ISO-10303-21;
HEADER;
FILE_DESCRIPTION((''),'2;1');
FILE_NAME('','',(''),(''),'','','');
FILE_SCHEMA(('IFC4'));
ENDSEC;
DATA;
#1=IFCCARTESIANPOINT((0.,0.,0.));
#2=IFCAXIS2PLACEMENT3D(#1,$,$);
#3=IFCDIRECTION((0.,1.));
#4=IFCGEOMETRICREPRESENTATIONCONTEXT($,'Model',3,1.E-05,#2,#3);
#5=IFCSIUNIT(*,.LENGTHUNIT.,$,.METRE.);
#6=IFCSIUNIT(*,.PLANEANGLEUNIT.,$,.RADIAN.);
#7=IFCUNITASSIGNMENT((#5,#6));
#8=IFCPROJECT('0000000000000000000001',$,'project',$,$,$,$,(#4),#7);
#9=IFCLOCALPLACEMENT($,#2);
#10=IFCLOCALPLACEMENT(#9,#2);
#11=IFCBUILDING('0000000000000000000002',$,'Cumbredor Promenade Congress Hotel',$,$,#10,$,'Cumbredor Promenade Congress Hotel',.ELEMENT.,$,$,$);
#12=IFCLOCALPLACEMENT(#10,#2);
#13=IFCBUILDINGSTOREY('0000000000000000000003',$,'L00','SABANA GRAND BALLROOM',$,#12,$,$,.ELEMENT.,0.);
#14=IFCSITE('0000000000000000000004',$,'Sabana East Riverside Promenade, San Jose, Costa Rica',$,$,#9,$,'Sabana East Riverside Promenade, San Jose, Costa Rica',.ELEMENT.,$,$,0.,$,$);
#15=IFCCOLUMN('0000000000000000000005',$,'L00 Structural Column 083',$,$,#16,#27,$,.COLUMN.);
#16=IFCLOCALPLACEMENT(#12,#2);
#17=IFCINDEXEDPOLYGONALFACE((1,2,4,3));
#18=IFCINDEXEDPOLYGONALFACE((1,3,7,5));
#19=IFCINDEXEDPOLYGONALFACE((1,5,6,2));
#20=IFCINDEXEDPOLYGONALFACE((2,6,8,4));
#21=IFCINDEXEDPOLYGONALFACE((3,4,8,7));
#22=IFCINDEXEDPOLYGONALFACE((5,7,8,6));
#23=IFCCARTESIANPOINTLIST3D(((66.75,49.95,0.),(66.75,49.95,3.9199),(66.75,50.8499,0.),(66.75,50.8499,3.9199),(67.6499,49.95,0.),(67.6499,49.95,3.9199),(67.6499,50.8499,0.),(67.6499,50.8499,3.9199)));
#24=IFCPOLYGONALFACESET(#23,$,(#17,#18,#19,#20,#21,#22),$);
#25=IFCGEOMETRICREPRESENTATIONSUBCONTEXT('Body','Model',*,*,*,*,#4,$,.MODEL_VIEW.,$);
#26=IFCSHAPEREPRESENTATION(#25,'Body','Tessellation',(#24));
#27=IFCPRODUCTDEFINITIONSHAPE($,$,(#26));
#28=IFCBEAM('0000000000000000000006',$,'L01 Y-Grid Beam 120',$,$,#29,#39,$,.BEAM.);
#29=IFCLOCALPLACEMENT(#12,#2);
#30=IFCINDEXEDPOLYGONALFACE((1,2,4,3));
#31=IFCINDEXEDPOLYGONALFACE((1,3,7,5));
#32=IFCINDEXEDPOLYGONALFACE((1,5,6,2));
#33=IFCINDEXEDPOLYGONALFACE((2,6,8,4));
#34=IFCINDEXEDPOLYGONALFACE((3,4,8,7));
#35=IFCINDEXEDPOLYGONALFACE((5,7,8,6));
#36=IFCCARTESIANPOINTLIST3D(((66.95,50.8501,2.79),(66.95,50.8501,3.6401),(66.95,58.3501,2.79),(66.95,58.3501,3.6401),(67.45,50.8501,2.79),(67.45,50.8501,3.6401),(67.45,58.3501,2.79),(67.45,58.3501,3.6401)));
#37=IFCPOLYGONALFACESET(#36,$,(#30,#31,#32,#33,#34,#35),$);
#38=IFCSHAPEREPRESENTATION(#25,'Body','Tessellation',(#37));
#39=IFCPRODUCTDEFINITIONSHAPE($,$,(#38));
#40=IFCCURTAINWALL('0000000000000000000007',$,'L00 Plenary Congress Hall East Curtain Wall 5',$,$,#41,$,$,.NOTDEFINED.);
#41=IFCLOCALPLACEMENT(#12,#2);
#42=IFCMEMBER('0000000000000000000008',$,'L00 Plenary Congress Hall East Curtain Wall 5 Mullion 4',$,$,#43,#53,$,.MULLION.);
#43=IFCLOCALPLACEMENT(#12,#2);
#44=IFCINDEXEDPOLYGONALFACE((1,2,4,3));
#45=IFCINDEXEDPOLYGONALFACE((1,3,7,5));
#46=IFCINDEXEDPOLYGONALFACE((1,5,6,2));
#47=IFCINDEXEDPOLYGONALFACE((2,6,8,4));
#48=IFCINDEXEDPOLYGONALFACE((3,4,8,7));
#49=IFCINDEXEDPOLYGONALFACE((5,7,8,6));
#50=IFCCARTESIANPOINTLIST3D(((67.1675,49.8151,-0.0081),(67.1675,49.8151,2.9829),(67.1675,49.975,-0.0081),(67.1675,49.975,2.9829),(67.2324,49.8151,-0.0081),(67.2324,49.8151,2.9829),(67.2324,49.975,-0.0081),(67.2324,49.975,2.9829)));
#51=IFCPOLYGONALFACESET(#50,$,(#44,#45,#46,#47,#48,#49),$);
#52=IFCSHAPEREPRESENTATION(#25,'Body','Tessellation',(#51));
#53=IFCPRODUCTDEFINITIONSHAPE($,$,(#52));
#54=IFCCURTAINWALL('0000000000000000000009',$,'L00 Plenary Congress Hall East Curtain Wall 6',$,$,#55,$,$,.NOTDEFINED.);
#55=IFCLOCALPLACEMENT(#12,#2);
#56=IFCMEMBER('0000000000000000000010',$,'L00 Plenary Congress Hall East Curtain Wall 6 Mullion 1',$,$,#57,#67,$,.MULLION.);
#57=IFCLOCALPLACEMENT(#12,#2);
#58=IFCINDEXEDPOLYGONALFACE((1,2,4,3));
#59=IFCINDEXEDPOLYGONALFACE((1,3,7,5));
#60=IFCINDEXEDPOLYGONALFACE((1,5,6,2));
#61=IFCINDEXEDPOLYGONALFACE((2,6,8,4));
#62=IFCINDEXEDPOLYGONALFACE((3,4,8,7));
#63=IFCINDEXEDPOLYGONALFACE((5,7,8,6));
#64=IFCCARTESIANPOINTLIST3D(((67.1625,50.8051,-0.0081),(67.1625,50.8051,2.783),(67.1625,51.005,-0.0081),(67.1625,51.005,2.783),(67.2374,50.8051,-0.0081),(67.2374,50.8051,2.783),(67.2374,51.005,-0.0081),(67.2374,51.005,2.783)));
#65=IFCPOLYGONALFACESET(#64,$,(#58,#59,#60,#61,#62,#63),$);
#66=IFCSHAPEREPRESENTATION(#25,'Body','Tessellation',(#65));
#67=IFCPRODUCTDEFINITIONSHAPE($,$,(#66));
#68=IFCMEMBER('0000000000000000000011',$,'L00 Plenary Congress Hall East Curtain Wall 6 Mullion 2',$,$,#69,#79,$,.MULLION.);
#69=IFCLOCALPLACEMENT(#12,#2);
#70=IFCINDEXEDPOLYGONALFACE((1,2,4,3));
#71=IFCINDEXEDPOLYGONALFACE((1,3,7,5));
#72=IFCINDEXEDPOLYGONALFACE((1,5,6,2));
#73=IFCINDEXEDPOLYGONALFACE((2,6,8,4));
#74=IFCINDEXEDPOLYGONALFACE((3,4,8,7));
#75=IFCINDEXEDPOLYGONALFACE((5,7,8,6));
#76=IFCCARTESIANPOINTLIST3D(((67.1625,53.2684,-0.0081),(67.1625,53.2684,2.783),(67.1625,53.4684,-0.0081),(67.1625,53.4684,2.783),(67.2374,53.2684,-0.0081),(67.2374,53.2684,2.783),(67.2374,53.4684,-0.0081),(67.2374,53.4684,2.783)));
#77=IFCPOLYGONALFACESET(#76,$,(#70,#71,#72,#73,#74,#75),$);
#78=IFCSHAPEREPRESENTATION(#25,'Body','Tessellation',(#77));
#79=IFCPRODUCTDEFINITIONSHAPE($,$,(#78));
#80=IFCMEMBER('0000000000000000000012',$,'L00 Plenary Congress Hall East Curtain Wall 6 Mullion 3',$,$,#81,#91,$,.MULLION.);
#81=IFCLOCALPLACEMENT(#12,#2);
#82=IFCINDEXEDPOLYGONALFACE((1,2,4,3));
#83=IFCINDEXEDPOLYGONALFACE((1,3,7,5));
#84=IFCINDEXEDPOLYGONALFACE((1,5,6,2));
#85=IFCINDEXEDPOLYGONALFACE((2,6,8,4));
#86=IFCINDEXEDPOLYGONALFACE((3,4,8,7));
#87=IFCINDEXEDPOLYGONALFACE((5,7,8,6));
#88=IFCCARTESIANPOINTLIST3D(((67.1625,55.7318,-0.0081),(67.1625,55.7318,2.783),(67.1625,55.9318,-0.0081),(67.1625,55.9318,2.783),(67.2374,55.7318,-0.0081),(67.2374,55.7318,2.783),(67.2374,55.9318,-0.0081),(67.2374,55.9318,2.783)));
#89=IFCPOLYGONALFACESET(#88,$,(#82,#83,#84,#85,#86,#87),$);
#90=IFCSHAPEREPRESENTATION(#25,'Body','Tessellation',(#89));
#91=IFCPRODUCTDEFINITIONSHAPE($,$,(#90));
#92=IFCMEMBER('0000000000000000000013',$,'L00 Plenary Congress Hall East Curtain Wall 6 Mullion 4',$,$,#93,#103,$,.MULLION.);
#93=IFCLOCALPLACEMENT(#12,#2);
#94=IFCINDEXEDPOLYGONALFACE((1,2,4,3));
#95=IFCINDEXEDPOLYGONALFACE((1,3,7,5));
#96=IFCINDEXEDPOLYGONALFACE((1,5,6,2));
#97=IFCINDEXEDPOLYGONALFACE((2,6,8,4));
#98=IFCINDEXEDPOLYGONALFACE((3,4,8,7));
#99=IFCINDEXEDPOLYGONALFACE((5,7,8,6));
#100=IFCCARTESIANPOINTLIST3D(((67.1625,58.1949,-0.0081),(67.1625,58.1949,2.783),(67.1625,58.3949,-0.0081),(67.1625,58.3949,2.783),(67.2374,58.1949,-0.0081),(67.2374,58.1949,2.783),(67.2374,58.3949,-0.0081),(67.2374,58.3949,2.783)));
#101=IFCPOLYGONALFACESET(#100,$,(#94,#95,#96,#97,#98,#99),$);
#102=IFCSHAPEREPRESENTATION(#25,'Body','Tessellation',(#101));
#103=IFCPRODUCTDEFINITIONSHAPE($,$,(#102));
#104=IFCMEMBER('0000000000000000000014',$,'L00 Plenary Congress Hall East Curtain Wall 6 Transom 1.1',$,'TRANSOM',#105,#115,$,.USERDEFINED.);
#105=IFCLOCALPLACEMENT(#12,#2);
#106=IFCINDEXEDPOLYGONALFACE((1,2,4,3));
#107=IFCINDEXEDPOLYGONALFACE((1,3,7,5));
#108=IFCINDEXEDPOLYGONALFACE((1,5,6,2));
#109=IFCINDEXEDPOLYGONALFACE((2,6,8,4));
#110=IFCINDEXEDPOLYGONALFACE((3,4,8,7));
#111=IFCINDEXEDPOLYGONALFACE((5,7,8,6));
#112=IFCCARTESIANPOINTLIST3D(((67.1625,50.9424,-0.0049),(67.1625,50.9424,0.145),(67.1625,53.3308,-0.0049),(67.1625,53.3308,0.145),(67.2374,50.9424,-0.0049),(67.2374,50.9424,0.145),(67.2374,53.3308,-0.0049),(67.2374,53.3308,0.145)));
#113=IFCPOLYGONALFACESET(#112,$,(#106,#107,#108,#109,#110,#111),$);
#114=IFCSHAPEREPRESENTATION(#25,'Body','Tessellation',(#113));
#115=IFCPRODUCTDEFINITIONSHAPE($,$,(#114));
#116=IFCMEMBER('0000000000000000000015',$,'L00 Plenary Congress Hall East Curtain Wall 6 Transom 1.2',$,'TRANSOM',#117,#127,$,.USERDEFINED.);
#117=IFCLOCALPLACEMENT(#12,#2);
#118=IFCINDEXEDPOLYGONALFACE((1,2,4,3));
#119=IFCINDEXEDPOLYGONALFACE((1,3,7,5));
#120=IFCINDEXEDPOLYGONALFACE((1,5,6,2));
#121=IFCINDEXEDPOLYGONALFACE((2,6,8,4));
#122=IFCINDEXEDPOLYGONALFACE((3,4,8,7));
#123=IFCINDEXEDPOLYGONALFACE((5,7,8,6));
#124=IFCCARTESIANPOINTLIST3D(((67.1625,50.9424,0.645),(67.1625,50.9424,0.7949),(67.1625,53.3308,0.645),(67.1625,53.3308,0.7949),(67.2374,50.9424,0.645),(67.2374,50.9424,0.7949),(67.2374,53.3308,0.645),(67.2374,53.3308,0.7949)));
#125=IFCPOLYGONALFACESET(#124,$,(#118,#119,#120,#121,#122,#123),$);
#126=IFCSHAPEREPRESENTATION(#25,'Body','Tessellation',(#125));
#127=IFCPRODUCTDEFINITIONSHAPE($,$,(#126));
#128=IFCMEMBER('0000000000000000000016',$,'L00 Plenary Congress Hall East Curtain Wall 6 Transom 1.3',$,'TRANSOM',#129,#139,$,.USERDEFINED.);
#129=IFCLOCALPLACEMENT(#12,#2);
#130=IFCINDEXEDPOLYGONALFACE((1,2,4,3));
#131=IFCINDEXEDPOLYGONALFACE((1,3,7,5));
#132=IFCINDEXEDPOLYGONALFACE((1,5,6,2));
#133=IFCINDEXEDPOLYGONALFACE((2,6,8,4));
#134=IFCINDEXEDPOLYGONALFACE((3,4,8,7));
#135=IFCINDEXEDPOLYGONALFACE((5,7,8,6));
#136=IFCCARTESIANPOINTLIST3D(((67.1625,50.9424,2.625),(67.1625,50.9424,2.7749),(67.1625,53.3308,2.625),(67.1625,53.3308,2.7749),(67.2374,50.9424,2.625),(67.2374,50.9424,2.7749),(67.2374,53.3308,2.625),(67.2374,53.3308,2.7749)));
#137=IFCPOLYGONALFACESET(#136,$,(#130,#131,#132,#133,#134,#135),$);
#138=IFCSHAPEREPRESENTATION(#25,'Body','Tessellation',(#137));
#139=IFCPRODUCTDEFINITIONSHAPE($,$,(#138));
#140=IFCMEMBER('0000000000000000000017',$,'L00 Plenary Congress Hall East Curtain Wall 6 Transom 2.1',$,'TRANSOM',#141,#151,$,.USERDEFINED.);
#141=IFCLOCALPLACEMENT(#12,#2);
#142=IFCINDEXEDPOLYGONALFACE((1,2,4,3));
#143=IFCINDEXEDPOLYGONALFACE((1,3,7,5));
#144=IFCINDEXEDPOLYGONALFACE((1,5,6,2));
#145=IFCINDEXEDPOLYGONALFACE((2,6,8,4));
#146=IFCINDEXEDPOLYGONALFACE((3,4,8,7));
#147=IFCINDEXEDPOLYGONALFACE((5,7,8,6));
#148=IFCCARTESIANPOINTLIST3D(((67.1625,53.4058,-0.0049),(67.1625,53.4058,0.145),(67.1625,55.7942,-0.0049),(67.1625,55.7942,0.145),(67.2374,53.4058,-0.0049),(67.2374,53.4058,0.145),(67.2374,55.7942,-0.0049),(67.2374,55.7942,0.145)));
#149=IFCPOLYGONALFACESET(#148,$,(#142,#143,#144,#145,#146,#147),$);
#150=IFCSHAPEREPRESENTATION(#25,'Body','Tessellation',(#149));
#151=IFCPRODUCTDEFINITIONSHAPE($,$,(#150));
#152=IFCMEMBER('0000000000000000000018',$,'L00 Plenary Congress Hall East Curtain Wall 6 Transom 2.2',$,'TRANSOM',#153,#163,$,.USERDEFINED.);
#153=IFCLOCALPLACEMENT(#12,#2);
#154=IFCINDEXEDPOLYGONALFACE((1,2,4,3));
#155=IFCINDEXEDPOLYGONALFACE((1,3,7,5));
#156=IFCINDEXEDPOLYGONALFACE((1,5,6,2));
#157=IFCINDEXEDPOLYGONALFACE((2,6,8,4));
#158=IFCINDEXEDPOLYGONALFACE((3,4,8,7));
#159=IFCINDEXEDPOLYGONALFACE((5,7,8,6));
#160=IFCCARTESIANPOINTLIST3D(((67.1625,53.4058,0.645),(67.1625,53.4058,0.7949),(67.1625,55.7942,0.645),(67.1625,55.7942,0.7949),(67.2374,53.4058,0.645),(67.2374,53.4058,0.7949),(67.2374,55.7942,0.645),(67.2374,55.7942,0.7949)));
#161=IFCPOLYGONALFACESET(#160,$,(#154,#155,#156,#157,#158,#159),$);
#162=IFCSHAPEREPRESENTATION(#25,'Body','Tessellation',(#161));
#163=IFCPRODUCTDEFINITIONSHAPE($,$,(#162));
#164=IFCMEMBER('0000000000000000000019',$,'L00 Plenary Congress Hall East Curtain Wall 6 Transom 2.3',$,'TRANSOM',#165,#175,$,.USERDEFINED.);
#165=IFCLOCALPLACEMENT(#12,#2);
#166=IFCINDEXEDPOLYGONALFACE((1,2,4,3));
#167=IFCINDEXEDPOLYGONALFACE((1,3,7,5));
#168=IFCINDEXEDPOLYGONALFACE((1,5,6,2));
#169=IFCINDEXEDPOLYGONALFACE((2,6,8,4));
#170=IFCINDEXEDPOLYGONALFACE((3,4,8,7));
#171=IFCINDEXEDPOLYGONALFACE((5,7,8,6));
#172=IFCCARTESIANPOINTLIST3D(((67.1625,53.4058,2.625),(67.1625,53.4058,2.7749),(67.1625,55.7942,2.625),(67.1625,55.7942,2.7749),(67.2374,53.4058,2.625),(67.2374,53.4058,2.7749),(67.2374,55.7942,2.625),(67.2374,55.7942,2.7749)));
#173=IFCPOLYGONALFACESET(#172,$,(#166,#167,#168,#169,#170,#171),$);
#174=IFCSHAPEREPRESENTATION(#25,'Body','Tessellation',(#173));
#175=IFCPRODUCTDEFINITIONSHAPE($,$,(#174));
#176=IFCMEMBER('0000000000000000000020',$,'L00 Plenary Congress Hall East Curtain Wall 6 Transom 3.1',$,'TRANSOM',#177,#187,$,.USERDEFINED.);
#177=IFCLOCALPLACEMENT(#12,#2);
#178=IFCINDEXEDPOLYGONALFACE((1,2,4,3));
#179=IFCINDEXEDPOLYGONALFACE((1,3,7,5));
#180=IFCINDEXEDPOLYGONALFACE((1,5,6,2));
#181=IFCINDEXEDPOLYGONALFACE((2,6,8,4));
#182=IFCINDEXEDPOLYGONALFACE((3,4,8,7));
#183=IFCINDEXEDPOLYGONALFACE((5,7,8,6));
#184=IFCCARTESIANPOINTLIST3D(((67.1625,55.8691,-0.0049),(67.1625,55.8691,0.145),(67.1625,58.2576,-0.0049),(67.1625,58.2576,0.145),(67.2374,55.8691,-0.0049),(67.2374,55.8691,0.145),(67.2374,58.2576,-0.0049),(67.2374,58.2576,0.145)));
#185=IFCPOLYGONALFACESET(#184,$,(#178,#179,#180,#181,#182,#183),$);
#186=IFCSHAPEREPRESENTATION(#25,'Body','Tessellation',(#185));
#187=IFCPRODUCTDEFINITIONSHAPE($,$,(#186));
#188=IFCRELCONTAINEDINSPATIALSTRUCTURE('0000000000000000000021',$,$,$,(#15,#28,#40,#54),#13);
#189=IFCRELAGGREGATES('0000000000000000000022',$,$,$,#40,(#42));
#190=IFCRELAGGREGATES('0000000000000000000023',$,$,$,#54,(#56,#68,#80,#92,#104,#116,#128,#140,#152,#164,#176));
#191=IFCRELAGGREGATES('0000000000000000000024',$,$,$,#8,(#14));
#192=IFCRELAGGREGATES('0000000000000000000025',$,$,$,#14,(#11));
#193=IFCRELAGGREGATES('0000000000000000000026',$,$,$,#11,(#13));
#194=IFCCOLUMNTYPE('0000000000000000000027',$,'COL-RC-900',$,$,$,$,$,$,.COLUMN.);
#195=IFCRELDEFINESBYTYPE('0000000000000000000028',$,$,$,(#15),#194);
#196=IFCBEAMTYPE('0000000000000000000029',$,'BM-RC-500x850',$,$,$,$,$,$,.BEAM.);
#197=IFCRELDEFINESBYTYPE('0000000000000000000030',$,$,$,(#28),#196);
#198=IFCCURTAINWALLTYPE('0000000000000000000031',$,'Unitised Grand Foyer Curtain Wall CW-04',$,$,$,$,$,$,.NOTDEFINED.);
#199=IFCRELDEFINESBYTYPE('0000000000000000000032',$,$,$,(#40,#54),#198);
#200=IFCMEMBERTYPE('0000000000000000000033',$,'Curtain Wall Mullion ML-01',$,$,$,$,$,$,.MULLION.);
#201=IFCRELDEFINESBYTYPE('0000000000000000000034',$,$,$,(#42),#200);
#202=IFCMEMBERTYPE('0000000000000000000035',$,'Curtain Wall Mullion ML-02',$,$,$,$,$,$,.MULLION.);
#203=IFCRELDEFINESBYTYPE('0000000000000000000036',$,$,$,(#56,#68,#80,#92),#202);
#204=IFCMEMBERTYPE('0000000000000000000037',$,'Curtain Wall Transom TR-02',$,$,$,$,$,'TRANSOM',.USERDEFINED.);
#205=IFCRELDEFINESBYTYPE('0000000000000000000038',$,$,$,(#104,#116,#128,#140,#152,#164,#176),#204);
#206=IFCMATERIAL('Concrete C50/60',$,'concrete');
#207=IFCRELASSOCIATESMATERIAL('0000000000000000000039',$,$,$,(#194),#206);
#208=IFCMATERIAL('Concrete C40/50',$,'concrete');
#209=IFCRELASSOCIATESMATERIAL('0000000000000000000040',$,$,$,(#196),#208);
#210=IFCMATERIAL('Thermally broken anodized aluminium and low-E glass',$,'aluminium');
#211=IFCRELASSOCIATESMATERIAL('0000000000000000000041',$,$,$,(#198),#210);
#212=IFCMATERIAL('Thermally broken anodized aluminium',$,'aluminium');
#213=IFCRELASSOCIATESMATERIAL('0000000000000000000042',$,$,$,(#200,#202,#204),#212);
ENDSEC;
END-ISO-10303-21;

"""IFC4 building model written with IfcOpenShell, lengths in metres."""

from ifc_helpers import new_model, si_unit, direction, frame, origin, origin_2d, place, context, subcontext, project, spatial, rectangle, extrude, material, material_profile, profile_set, type_object, element, aggregate, save


model = new_model("IFC4")

# Units and contexts
model_context = context("Model", 3, precision=1e-05, world=origin(), true_north=direction((0.0, 1.0)))
body_context = subcontext(model_context, "Body", "Model", "MODEL_VIEW")
ifc_project = project(units=[si_unit("LENGTHUNIT", "METRE"), si_unit("PLANEANGLEUNIT", "RADIAN")], contexts=[model_context])

# Site, building, storey
site_placement = place(None, origin())
site = spatial("IfcSite", under=ifc_project, at=site_placement, Name="Sabana East Riverside Promenade, San Jose, Costa Rica", LongName="Sabana East Riverside Promenade, San Jose, Costa Rica", CompositionType="ELEMENT", RefElevation=0.0)
building_placement = place(site_placement, origin())
building = spatial("IfcBuilding", under=site, at=building_placement, Name="Cumbredor Promenade Congress Hotel", LongName="Cumbredor Promenade Congress Hotel", CompositionType="ELEMENT")
storey_placement = place(building_placement, origin())
storey = spatial("IfcBuildingStorey", under=building, at=storey_placement, Name="L00", Description="SABANA GRAND BALLROOM", CompositionType="ELEMENT", Elevation=0.0)

# Column
ifc_material_1 = material(Name="Concrete C50/60", Category="concrete")
ifc_material_profile_1 = material_profile(ifc_material_1, rectangle(XDim=0.8999, YDim=0.8999, at=origin_2d()), Name="RC 900x900")
ifc_profile_set_1 = profile_set([ifc_material_profile_1], Name="Concrete C50/60")
column_type = type_object("IfcColumnType", Name="COL-RC-900", PredefinedType="COLUMN", material=ifc_profile_set_1)
column_placement = place(storey_placement, frame((67.2, 50.3999, 0.0), z_axis=(0.0, 0.0, 1.0), x_axis=(1.0, 0.0, 0.0)))
element("IfcColumn", 1, at=column_placement, inside=storey, type_object=column_type, Name="L00 Structural Column 083", PredefinedType="COLUMN", context=body_context, shape_type="SweptSolid", body=[
    extrude(rectangle(XDim=0.8999, YDim=0.8999, at=origin_2d()), origin(), (0.0, 0.0, 1.0), 3.9199),
])

# Beam
ifc_material_2 = material(Name="Concrete C40/50", Category="concrete")
ifc_material_profile_2 = material_profile(ifc_material_2, rectangle(XDim=0.5, YDim=0.8501, at=origin_2d()), Name="RC BEAM 500x850")
ifc_profile_set_2 = profile_set([ifc_material_profile_2], Name="Concrete C40/50")
beam_type_1 = type_object("IfcBeamType", Name="BM-RC-500x850", PredefinedType="BEAM", material=ifc_profile_set_2)
beam_1_placement = place(storey_placement, frame((67.2, 50.8501, 3.2151), z_axis=(0.0, 1.0, 0.0), x_axis=(-1.0, 0.0, 0.0)))
element("IfcBeam", 2, at=beam_1_placement, inside=storey, type_object=beam_type_1, Name="L01 Y-Grid Beam 120", PredefinedType="BEAM", context=body_context, shape_type="SweptSolid", body=[
    extrude(rectangle(XDim=0.5, YDim=0.8501, at=origin_2d()), origin(), (0.0, 0.0, 1.0), 7.5),
])

# Curtain wall, member
ifc_material_3 = material(Name="Thermally broken anodized aluminium and low-E glass", Category="aluminium")
curtain_wall_type = type_object("IfcCurtainWallType", Name="Unitised Grand Foyer Curtain Wall CW-04", PredefinedType="NOTDEFINED", material=ifc_material_3)
curtain_wall_1_placement = place(storey_placement, origin())
curtain_wall_1 = element("IfcCurtainWall", 3, at=curtain_wall_1_placement, inside=storey, type_object=curtain_wall_type, Name="L00 Plenary Congress Hall East Curtain Wall 5", PredefinedType="NOTDEFINED")
ifc_material_4 = material(Name="Thermally broken anodized aluminium", Category="aluminium")
ifc_material_profile_3 = material_profile(ifc_material_4, rectangle(XDim=0.0649, YDim=0.1599, at=origin_2d()), Name="ALU MULLION 65x160")
ifc_profile_set_3 = profile_set([ifc_material_profile_3], Name="Thermally broken anodized aluminium")
member_type_1 = type_object("IfcMemberType", Name="Curtain Wall Mullion ML-01", PredefinedType="MULLION", material=ifc_profile_set_3)
member_1_placement = place(storey_placement, frame((67.2, 49.895, -0.0081), z_axis=(0.0, 0.0, 1.0), x_axis=(1.0, 0.0, 0.0)))
member_1 = element("IfcMember", 4, at=member_1_placement, type_object=member_type_1, Name="L00 Plenary Congress Hall East Curtain Wall 5 Mullion 4", PredefinedType="MULLION", context=body_context, shape_type="SweptSolid", body=[
    extrude(rectangle(XDim=0.0649, YDim=0.1599, at=origin_2d()), origin(), (0.0, 0.0, 1.0), 2.991),
])
aggregate(curtain_wall_1, [member_1])

# Curtain wall, members
curtain_wall_2_placement = place(storey_placement, origin())
curtain_wall_2 = element("IfcCurtainWall", 5, at=curtain_wall_2_placement, inside=storey, type_object=curtain_wall_type, Name="L00 Plenary Congress Hall East Curtain Wall 6", PredefinedType="NOTDEFINED")
ifc_material_profile_4 = material_profile(ifc_material_4, rectangle(XDim=0.075, YDim=0.2, at=origin_2d()), Name="ALU MULLION 75x200")
ifc_profile_set_4 = profile_set([ifc_material_profile_4], Name="Thermally broken anodized aluminium")
member_type_2 = type_object("IfcMemberType", Name="Curtain Wall Mullion ML-02", PredefinedType="MULLION", material=ifc_profile_set_4)
member_2_placement = place(storey_placement, frame((67.2, 50.905, -0.0081), z_axis=(0.0, 0.0, 1.0), x_axis=(1.0, 0.0, 0.0)))
member_2 = element("IfcMember", 6, at=member_2_placement, type_object=member_type_2, Name="L00 Plenary Congress Hall East Curtain Wall 6 Mullion 1", PredefinedType="MULLION", context=body_context, shape_type="SweptSolid", body=[
    extrude(rectangle(XDim=0.075, YDim=0.2, at=origin_2d()), origin(), (0.0, 0.0, 1.0), 2.791),
])
member_3_placement = place(storey_placement, frame((67.2, 53.3684, -0.0081), z_axis=(0.0, 0.0, 1.0), x_axis=(1.0, 0.0, 0.0)))
member_3 = element("IfcMember", 7, at=member_3_placement, type_object=member_type_2, Name="L00 Plenary Congress Hall East Curtain Wall 6 Mullion 2", PredefinedType="MULLION", context=body_context, shape_type="SweptSolid", body=[
    extrude(rectangle(XDim=0.075, YDim=0.2, at=origin_2d()), origin(), (0.0, 0.0, 1.0), 2.791),
])
member_4_placement = place(storey_placement, frame((67.2, 55.8318, -0.0081), z_axis=(0.0, 0.0, 1.0), x_axis=(1.0, 0.0, 0.0)))
member_4 = element("IfcMember", 8, at=member_4_placement, type_object=member_type_2, Name="L00 Plenary Congress Hall East Curtain Wall 6 Mullion 3", PredefinedType="MULLION", context=body_context, shape_type="SweptSolid", body=[
    extrude(rectangle(XDim=0.075, YDim=0.2, at=origin_2d()), origin(), (0.0, 0.0, 1.0), 2.791),
])
member_5_placement = place(storey_placement, frame((67.2, 58.2949, -0.0081), z_axis=(0.0, 0.0, 1.0), x_axis=(1.0, 0.0, 0.0)))
member_5 = element("IfcMember", 9, at=member_5_placement, type_object=member_type_2, Name="L00 Plenary Congress Hall East Curtain Wall 6 Mullion 4", PredefinedType="MULLION", context=body_context, shape_type="SweptSolid", body=[
    extrude(rectangle(XDim=0.075, YDim=0.2, at=origin_2d()), origin(), (0.0, 0.0, 1.0), 2.791),
])
ifc_material_profile_5 = material_profile(ifc_material_4, rectangle(XDim=0.075, YDim=0.1499, at=origin_2d()), Name="ALU TRANSOM 75x150")
ifc_profile_set_5 = profile_set([ifc_material_profile_5], Name="Thermally broken anodized aluminium")
member_type_3 = type_object("IfcMemberType", Name="Curtain Wall Transom TR-02", ElementType="TRANSOM", PredefinedType="USERDEFINED", material=ifc_profile_set_5)
member_6_placement = place(storey_placement, frame((67.2, 50.9424, 0.0701), z_axis=(0.0, 1.0, 0.0), x_axis=(-1.0, 0.0, 0.0)))
member_6 = element("IfcMember", 10, at=member_6_placement, type_object=member_type_3, Name="L00 Plenary Congress Hall East Curtain Wall 6 Transom 1.1", ObjectType="TRANSOM", PredefinedType="USERDEFINED", context=body_context, shape_type="SweptSolid", body=[
    extrude(rectangle(XDim=0.075, YDim=0.1499, at=origin_2d()), origin(), (0.0, 0.0, 1.0), 2.3884),
])
member_7_placement = place(storey_placement, frame((67.2, 50.9424, 0.72), z_axis=(0.0, 1.0, 0.0), x_axis=(-1.0, 0.0, 0.0)))
member_7 = element("IfcMember", 11, at=member_7_placement, type_object=member_type_3, Name="L00 Plenary Congress Hall East Curtain Wall 6 Transom 1.2", ObjectType="TRANSOM", PredefinedType="USERDEFINED", context=body_context, shape_type="SweptSolid", body=[
    extrude(rectangle(XDim=0.075, YDim=0.1499, at=origin_2d()), origin(), (0.0, 0.0, 1.0), 2.3884),
])
member_8_placement = place(storey_placement, frame((67.2, 50.9424, 2.7), z_axis=(0.0, 1.0, 0.0), x_axis=(-1.0, 0.0, 0.0)))
member_8 = element("IfcMember", 12, at=member_8_placement, type_object=member_type_3, Name="L00 Plenary Congress Hall East Curtain Wall 6 Transom 1.3", ObjectType="TRANSOM", PredefinedType="USERDEFINED", context=body_context, shape_type="SweptSolid", body=[
    extrude(rectangle(XDim=0.075, YDim=0.1499, at=origin_2d()), origin(), (0.0, 0.0, 1.0), 2.3884),
])
member_9_placement = place(storey_placement, frame((67.2, 53.4058, 0.0701), z_axis=(0.0, 1.0, 0.0), x_axis=(-1.0, 0.0, 0.0)))
member_9 = element("IfcMember", 13, at=member_9_placement, type_object=member_type_3, Name="L00 Plenary Congress Hall East Curtain Wall 6 Transom 2.1", ObjectType="TRANSOM", PredefinedType="USERDEFINED", context=body_context, shape_type="SweptSolid", body=[
    extrude(rectangle(XDim=0.075, YDim=0.1499, at=origin_2d()), origin(), (0.0, 0.0, 1.0), 2.3884),
])
member_10_placement = place(storey_placement, frame((67.2, 53.4058, 0.72), z_axis=(0.0, 1.0, 0.0), x_axis=(-1.0, 0.0, 0.0)))
member_10 = element("IfcMember", 14, at=member_10_placement, type_object=member_type_3, Name="L00 Plenary Congress Hall East Curtain Wall 6 Transom 2.2", ObjectType="TRANSOM", PredefinedType="USERDEFINED", context=body_context, shape_type="SweptSolid", body=[
    extrude(rectangle(XDim=0.075, YDim=0.1499, at=origin_2d()), origin(), (0.0, 0.0, 1.0), 2.3884),
])
member_11_placement = place(storey_placement, frame((67.2, 53.4058, 2.7), z_axis=(0.0, 1.0, 0.0), x_axis=(-1.0, 0.0, 0.0)))
member_11 = element("IfcMember", 15, at=member_11_placement, type_object=member_type_3, Name="L00 Plenary Congress Hall East Curtain Wall 6 Transom 2.3", ObjectType="TRANSOM", PredefinedType="USERDEFINED", context=body_context, shape_type="SweptSolid", body=[
    extrude(rectangle(XDim=0.075, YDim=0.1499, at=origin_2d()), origin(), (0.0, 0.0, 1.0), 2.3884),
])
member_12_placement = place(storey_placement, frame((67.2, 55.8691, 0.0701), z_axis=(0.0, 1.0, 0.0), x_axis=(-1.0, 0.0, 0.0)))
member_12 = element("IfcMember", 16, at=member_12_placement, type_object=member_type_3, Name="L00 Plenary Congress Hall East Curtain Wall 6 Transom 3.1", ObjectType="TRANSOM", PredefinedType="USERDEFINED", context=body_context, shape_type="SweptSolid", body=[
    extrude(rectangle(XDim=0.075, YDim=0.1499, at=origin_2d()), origin(), (0.0, 0.0, 1.0), 2.3884),
])

aggregate(curtain_wall_2, [member_2, member_3, member_4, member_5, member_6, member_7, member_8, member_9, member_10, member_11, member_12])

save(model, "model.ifc")
